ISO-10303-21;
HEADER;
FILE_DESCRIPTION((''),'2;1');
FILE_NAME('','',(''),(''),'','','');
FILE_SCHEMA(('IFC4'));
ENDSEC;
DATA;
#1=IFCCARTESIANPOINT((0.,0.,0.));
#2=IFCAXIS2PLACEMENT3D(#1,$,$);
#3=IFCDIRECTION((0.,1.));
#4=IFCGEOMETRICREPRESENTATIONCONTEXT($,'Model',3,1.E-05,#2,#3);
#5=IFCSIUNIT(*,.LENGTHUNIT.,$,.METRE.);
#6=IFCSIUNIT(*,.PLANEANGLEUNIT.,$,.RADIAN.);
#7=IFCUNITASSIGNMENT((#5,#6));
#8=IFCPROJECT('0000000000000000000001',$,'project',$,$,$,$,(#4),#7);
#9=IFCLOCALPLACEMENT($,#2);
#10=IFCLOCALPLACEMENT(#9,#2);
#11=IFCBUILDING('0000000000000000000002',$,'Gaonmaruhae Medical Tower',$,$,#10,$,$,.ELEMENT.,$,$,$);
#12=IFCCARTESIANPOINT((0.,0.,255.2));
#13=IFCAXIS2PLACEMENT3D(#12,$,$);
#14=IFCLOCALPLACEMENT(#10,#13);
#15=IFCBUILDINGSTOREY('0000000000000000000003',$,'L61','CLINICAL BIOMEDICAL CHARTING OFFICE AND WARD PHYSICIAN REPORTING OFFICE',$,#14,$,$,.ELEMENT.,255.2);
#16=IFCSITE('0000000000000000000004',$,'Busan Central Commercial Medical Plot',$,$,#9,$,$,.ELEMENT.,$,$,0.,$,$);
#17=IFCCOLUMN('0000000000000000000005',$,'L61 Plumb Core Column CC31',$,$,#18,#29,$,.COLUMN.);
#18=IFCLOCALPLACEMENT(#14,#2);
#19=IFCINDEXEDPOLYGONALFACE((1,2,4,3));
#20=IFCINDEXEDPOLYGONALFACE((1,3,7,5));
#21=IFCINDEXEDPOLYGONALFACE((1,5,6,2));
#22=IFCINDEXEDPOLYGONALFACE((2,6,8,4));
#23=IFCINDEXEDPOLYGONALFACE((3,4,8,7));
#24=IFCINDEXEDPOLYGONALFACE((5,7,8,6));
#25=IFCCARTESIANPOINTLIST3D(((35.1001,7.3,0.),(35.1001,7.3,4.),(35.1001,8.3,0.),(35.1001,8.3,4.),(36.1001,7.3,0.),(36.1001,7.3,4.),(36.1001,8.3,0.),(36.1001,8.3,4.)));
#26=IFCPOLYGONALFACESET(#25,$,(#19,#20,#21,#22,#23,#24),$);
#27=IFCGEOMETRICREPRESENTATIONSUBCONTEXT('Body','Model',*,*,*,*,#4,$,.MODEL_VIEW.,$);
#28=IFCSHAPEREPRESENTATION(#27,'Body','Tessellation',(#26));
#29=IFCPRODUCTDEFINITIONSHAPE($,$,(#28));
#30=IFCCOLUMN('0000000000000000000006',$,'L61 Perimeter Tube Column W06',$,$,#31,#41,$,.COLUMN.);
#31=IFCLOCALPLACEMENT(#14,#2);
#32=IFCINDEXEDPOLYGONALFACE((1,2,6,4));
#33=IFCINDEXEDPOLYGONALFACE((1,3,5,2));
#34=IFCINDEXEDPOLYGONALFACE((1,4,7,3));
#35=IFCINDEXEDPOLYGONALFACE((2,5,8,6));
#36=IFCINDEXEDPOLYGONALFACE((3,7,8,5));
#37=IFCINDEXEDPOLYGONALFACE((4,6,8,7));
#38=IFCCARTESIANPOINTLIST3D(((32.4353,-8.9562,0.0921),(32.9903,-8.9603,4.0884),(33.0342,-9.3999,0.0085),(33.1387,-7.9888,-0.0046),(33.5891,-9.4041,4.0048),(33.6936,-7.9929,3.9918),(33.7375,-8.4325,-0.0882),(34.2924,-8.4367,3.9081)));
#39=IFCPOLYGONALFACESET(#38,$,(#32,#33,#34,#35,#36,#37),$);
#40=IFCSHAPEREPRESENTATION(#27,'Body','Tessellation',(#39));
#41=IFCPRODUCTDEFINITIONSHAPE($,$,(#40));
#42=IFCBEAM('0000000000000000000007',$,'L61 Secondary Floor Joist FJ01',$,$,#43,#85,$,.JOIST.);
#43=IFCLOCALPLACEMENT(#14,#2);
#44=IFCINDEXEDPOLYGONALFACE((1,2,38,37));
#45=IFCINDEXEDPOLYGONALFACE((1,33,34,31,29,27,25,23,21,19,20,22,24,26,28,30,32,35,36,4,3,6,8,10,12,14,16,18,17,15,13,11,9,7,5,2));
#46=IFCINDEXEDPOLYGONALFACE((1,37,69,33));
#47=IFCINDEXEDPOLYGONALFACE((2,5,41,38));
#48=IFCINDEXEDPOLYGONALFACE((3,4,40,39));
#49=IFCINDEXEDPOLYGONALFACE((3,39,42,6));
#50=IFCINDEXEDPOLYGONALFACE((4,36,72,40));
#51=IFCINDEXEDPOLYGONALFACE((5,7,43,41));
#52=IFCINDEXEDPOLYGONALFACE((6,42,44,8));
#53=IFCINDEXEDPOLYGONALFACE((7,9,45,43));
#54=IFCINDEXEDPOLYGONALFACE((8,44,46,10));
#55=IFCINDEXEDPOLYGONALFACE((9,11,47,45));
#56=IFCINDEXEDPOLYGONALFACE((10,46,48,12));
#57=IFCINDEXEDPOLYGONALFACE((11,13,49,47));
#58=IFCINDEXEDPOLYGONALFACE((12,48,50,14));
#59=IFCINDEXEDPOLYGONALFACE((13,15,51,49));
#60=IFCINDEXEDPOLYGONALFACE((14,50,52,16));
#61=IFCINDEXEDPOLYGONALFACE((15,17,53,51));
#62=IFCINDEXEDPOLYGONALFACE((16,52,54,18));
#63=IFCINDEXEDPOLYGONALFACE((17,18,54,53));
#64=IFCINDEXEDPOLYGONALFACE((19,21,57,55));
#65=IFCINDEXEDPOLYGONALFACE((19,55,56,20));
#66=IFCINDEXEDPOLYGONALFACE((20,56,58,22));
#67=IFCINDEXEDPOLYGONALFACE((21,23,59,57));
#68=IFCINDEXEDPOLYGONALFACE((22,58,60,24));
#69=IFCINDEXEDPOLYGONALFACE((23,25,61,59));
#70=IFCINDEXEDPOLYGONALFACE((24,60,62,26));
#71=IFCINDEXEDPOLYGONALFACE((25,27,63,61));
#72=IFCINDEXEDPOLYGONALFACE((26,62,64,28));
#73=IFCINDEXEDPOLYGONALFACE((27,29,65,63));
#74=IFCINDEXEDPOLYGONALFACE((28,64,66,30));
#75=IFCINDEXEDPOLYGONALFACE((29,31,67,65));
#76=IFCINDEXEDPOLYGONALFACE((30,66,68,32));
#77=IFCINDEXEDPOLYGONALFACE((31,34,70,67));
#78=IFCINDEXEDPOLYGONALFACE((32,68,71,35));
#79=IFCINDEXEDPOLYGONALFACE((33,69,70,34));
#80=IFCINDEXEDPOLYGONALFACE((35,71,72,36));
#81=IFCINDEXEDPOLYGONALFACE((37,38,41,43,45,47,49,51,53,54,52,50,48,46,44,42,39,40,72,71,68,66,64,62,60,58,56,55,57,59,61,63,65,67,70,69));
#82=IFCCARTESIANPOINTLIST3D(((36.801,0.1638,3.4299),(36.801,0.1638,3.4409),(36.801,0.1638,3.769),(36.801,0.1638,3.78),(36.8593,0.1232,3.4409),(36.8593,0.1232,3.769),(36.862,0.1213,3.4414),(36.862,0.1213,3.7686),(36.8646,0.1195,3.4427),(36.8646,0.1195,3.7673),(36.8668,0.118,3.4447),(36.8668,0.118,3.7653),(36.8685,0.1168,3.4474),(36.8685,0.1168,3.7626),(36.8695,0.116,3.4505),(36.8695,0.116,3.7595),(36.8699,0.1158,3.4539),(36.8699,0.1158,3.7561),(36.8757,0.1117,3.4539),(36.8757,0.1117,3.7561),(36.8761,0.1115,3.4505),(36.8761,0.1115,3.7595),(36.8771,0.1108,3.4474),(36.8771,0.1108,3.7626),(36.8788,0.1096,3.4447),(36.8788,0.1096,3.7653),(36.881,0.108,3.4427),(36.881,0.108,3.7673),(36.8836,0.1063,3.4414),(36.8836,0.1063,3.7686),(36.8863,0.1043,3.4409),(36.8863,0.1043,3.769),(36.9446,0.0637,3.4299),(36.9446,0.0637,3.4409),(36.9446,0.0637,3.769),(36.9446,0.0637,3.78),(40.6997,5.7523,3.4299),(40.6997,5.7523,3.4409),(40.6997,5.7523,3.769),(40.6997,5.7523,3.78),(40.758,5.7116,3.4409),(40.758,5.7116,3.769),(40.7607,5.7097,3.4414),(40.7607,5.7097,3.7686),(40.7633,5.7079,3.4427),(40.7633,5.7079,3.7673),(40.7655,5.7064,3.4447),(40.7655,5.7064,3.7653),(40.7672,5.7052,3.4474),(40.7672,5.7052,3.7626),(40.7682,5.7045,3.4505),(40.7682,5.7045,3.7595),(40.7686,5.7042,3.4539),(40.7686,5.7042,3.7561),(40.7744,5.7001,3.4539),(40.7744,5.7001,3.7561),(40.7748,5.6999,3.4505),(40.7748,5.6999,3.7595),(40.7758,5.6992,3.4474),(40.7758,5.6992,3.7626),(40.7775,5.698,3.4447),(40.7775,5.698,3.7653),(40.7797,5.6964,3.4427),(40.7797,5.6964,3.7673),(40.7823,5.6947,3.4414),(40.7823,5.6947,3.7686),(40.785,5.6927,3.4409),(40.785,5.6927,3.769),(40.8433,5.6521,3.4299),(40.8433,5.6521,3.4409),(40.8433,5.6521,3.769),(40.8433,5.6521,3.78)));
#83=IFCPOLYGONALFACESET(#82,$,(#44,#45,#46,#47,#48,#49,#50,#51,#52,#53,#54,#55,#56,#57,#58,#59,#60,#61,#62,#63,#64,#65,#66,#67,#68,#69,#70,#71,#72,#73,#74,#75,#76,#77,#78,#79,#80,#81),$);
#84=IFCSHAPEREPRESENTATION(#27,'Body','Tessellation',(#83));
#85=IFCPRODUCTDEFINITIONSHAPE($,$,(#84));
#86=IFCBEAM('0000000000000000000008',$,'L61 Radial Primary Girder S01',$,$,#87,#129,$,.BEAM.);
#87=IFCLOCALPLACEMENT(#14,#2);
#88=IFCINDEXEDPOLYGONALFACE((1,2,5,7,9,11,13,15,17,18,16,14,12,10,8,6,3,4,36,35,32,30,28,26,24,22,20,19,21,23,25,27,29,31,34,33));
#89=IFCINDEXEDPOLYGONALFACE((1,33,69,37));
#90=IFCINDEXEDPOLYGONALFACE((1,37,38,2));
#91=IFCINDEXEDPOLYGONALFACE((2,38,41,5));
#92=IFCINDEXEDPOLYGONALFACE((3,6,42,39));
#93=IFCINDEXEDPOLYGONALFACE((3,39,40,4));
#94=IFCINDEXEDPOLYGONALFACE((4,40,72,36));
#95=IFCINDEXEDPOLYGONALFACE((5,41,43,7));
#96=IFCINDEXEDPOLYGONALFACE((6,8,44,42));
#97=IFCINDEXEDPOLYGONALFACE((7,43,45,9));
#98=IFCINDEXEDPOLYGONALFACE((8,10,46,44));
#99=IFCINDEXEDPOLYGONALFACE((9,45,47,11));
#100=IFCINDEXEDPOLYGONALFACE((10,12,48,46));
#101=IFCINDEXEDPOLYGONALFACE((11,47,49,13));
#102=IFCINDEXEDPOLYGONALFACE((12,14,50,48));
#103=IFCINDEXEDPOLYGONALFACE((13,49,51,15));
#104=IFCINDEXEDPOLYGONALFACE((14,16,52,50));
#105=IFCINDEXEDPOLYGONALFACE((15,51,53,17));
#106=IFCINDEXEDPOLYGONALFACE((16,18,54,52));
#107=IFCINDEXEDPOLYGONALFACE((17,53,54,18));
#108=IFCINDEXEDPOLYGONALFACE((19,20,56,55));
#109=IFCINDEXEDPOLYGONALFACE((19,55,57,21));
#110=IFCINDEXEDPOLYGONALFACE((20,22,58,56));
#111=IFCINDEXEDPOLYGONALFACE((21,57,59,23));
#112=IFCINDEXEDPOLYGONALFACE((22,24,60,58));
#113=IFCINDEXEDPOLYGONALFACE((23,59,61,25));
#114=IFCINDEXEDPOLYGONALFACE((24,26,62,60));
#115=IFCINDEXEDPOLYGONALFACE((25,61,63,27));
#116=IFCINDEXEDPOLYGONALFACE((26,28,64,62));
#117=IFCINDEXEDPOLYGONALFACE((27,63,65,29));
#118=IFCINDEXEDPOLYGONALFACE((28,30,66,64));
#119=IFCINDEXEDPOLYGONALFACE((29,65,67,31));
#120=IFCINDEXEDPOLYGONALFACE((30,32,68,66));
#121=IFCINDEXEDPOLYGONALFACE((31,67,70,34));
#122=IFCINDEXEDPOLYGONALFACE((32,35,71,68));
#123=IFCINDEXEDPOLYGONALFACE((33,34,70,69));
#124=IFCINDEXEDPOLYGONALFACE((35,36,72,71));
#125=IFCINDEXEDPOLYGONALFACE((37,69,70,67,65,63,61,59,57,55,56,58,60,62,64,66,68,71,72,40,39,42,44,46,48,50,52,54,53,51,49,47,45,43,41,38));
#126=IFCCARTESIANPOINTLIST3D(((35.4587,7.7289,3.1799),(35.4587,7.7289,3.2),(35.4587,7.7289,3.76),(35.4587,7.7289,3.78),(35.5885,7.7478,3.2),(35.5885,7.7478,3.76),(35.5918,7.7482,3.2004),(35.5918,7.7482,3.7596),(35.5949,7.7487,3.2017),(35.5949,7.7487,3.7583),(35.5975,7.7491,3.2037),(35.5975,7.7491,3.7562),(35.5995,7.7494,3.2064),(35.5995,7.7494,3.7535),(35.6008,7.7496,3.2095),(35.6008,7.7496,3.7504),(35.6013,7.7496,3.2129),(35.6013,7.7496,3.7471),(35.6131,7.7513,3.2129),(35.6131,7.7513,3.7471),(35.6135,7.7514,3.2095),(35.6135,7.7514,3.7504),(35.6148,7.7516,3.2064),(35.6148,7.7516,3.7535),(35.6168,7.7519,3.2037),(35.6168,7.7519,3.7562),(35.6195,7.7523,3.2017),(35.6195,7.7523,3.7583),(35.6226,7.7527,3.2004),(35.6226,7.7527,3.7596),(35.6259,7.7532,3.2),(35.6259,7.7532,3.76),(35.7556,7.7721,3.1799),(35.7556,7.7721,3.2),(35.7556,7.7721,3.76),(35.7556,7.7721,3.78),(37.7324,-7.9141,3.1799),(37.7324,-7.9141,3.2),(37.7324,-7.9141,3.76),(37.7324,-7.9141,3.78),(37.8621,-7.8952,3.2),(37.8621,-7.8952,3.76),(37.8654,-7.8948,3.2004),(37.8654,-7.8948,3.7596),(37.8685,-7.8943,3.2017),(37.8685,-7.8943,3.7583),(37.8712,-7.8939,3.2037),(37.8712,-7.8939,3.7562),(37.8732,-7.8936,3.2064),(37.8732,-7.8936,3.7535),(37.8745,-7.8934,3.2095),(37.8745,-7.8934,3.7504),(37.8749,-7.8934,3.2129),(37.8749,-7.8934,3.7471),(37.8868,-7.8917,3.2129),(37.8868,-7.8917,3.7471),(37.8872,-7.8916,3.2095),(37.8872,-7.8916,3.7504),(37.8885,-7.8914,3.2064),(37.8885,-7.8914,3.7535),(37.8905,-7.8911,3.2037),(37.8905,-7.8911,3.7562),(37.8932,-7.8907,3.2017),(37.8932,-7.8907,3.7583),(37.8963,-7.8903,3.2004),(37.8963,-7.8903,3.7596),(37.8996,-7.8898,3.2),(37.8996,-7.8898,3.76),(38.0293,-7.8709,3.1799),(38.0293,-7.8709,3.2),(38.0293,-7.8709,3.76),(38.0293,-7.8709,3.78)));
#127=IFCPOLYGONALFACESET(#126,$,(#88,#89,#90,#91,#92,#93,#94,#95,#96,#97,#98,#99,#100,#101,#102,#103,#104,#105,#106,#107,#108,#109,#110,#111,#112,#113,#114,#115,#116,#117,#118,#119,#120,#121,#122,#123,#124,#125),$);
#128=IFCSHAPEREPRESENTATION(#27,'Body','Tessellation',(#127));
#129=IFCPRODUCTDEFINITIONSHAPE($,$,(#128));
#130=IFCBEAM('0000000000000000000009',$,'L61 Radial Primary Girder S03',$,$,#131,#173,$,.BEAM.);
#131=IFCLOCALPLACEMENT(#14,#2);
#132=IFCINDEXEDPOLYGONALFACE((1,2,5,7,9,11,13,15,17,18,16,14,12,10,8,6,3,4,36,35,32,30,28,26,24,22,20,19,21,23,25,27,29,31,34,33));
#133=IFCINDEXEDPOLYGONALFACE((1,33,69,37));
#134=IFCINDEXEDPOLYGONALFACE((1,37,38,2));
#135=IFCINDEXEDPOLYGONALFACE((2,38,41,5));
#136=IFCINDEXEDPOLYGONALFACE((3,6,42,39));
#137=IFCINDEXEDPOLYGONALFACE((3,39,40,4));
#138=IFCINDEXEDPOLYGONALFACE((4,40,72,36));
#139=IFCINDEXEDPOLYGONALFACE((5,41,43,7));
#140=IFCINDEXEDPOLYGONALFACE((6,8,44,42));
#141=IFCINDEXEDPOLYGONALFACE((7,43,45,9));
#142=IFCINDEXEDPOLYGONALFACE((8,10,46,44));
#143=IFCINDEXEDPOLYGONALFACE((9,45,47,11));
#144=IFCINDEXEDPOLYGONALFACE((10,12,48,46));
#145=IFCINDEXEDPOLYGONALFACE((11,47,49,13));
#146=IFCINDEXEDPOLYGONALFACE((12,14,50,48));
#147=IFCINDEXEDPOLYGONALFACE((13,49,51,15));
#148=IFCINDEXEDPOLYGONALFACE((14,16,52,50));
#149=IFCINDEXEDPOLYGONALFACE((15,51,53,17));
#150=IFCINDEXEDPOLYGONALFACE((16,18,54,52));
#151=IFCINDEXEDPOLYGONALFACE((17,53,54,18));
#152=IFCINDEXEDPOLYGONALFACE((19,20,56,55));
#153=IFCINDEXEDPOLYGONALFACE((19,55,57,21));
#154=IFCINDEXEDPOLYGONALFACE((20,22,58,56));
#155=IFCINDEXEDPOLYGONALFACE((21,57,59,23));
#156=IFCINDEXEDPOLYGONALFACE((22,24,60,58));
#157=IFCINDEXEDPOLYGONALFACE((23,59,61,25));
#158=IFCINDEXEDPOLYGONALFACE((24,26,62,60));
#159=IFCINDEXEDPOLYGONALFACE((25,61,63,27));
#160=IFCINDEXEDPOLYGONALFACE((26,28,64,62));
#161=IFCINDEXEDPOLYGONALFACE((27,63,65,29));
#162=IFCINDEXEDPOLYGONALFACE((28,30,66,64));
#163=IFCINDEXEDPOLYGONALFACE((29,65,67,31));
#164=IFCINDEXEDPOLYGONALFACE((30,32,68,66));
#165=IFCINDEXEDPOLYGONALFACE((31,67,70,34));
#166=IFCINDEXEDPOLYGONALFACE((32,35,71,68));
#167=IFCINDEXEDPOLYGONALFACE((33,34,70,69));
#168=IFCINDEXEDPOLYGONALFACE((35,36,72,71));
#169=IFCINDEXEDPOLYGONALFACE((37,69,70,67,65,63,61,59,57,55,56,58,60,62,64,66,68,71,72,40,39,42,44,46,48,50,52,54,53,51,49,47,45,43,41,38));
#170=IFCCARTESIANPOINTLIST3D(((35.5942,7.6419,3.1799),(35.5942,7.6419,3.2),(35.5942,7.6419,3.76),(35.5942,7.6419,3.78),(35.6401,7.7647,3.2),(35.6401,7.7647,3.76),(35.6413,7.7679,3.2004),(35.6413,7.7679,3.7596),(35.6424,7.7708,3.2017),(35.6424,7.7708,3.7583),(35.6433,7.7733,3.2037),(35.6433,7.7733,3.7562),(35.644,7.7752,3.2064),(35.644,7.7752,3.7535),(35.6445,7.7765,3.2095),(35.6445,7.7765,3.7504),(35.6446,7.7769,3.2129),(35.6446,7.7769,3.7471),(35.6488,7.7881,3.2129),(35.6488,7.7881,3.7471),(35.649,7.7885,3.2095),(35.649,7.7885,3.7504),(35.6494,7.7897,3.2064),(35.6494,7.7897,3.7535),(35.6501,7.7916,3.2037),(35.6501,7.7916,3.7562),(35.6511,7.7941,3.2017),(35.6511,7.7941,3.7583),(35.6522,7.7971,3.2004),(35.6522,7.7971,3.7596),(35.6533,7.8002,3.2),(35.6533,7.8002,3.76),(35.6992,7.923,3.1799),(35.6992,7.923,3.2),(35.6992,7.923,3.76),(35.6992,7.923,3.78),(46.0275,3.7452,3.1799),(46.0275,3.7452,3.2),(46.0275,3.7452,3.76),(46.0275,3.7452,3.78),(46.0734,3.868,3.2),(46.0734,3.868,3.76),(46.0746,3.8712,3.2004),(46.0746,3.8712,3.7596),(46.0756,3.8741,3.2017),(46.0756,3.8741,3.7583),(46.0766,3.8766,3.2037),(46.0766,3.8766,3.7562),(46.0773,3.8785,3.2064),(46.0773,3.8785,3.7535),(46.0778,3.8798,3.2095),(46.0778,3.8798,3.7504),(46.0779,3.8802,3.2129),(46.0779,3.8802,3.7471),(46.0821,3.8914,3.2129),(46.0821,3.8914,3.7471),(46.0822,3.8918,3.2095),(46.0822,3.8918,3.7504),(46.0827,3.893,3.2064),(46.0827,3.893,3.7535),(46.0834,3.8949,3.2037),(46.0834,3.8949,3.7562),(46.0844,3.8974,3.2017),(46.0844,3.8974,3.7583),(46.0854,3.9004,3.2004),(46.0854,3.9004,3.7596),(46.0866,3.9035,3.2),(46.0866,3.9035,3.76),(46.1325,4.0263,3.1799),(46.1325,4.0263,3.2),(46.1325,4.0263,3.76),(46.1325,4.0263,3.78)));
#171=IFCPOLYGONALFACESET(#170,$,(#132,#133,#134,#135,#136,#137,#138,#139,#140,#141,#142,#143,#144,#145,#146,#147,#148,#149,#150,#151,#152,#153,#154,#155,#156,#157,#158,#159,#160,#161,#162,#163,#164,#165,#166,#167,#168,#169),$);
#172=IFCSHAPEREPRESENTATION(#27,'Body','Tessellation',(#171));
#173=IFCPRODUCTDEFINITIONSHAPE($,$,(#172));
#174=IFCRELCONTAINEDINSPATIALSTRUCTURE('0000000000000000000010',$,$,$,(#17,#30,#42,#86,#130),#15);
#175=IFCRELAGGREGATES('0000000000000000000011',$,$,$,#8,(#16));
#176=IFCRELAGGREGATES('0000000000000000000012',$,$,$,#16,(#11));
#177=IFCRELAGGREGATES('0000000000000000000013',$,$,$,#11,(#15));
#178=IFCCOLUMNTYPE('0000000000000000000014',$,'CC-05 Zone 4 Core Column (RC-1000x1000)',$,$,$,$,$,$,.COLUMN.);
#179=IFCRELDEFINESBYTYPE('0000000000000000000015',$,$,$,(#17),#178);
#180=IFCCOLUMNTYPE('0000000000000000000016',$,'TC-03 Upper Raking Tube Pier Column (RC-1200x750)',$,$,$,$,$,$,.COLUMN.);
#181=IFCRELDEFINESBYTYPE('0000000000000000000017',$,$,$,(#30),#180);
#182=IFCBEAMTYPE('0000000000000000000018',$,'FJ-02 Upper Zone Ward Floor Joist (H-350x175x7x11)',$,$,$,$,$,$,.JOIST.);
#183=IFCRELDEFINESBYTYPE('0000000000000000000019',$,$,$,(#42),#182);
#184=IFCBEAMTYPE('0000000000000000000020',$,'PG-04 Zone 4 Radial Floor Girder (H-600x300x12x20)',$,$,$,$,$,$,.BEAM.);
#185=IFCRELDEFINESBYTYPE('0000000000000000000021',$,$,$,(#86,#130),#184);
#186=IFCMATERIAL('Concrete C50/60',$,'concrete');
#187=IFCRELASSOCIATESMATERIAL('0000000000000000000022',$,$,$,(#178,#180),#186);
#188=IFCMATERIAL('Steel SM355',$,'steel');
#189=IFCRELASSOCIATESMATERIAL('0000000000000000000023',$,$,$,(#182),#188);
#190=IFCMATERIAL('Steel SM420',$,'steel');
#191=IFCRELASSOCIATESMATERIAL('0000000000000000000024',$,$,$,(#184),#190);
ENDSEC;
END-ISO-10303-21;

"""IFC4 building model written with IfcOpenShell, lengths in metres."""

from ifc_helpers import new_model, si_unit, direction, frame, origin, origin_2d, place, context, subcontext, project, spatial, rectangle, i_section, extrude, material, material_profile, profile_set, type_object, element, save


model = new_model("IFC4")

# Units and contexts
model_context = context("Model", 3, precision=1e-05, world=origin(), true_north=direction((0.0, 1.0)))
body_context = subcontext(model_context, "Body", "Model", "MODEL_VIEW")
ifc_project = project(units=[si_unit("LENGTHUNIT", "METRE"), si_unit("PLANEANGLEUNIT", "RADIAN")], contexts=[model_context])

# Site, building, storey
site_placement = place(None, origin())
site = spatial("IfcSite", under=ifc_project, at=site_placement, Name="Busan Central Commercial Medical Plot", CompositionType="ELEMENT", RefElevation=0.0)
building_placement = place(site_placement, origin())
building = spatial("IfcBuilding", under=site, at=building_placement, Name="Gaonmaruhae Medical Tower", CompositionType="ELEMENT")
storey_placement = place(building_placement, frame((0.0, 0.0, 255.2)))
storey = spatial("IfcBuildingStorey", under=building, at=storey_placement, Name="L61", Description="CLINICAL BIOMEDICAL CHARTING OFFICE AND WARD PHYSICIAN REPORTING OFFICE", CompositionType="ELEMENT", Elevation=255.2)

# Columns
ifc_material_1 = material(Name="Concrete C50/60", Category="concrete")
ifc_material_profile_1 = material_profile(ifc_material_1, rectangle(XDim=1.0, YDim=1.0, at=origin_2d()), Name="RC-1000x1000")
ifc_profile_set_1 = profile_set([ifc_material_profile_1], Name="Concrete C50/60")
column_type_1 = type_object("IfcColumnType", Name="CC-05 Zone 4 Core Column (RC-1000x1000)", PredefinedType="COLUMN", material=ifc_profile_set_1)
column_1_placement = place(storey_placement, frame((35.6001, 7.8, 0.0), z_axis=(0.0, 0.0, 1.0), x_axis=(1.0, 0.0, 0.0)))
element("IfcColumn", 1, at=column_1_placement, inside=storey, type_object=column_type_1, Name="L61 Plumb Core Column CC31", PredefinedType="COLUMN", context=body_context, shape_type="SweptSolid", body=[
    extrude(rectangle(XDim=1.0, YDim=1.0, at=origin_2d()), origin(), (0.0, 0.0, 1.0), 4.0),
])
ifc_material_profile_2 = material_profile(ifc_material_1, rectangle(XDim=1.2, YDim=0.75, at=origin_2d()), Name="RC-1200x750")
ifc_profile_set_2 = profile_set([ifc_material_profile_2], Name="Concrete C50/60")
column_type_2 = type_object("IfcColumnType", Name="TC-03 Upper Raking Tube Pier Column (RC-1200x750)", PredefinedType="COLUMN", material=ifc_profile_set_2)
column_2_placement = place(storey_placement, frame((33.0864, -8.6943, 0.002), z_axis=(0.13754, -0.001029, 0.990496), x_axis=(-0.586145, -0.806192, 0.080555)))
element("IfcColumn", 2, at=column_2_placement, inside=storey, type_object=column_type_2, Name="L61 Perimeter Tube Column W06", PredefinedType="COLUMN", context=body_context, shape_type="SweptSolid", body=[
    extrude(rectangle(XDim=1.2, YDim=0.75, at=origin_2d()), origin(), (0.0, 0.0, 1.0), 4.0347),
])

# Beams
ifc_material_2 = material(Name="Steel SM355", Category="steel")
ifc_material_profile_3 = material_profile(ifc_material_2, i_section(OverallWidth=0.175, OverallDepth=0.3501, WebThickness=0.0071, FlangeThickness=0.011, FilletRadius=0.0129, at=origin_2d()), Name="H-350x175x7x11")
ifc_profile_set_3 = profile_set([ifc_material_profile_3], Name="Steel SM355")
beam_type_1 = type_object("IfcBeamType", Name="FJ-02 Upper Zone Ward Floor Joist (H-350x175x7x11)", PredefinedType="JOIST", material=ifc_profile_set_3)
beam_1_placement = place(storey_placement, frame((36.8728, 0.1138, 3.605), z_axis=(0.572163, 0.82014, 0.0), x_axis=(-0.82014, 0.572163, 0.0)))
element("IfcBeam", 3, at=beam_1_placement, inside=storey, type_object=beam_type_1, Name="L61 Secondary Floor Joist FJ01", PredefinedType="JOIST", context=body_context, shape_type="SweptSolid", body=[
    extrude(i_section(OverallWidth=0.175, OverallDepth=0.3501, WebThickness=0.0071, FlangeThickness=0.011, FilletRadius=0.0129, at=origin_2d()), origin(), (0.0, 0.0, 1.0), 6.814),
])
ifc_material_3 = material(Name="Steel SM420", Category="steel")
ifc_material_profile_4 = material_profile(ifc_material_3, i_section(OverallWidth=0.3, OverallDepth=0.6001, WebThickness=0.012, FlangeThickness=0.02, FilletRadius=0.0129, at=origin_2d()), Name="H-600x300x12x20")
ifc_profile_set_4 = profile_set([ifc_material_profile_4], Name="Steel SM420")
beam_type_2 = type_object("IfcBeamType", Name="PG-04 Zone 4 Radial Floor Girder (H-600x300x12x20)", PredefinedType="BEAM", material=ifc_profile_set_4)
beam_2_placement = place(storey_placement, frame((35.6072, 7.7505, 3.48), z_axis=(0.143836, -0.989602, 0.0), x_axis=(0.989602, 0.143836, 0.0)))
element("IfcBeam", 4, at=beam_2_placement, inside=storey, type_object=beam_type_2, Name="L61 Radial Primary Girder S01", PredefinedType="BEAM", context=body_context, shape_type="SweptSolid", body=[
    extrude(i_section(OverallWidth=0.3, OverallDepth=0.6001, WebThickness=0.012, FlangeThickness=0.02, FilletRadius=0.0129, at=origin_2d()), origin(), (0.0, 0.0, 1.0), 15.8074),
])
beam_3_placement = place(storey_placement, frame((35.6467, 7.7825, 3.48), z_axis=(0.936794, -0.349881, 0.0), x_axis=(0.349881, 0.936794, 0.0)))
element("IfcBeam", 5, at=beam_3_placement, inside=storey, type_object=beam_type_2, Name="L61 Radial Primary Girder S03", PredefinedType="BEAM", context=body_context, shape_type="SweptSolid", body=[
    extrude(i_section(OverallWidth=0.3, OverallDepth=0.6001, WebThickness=0.012, FlangeThickness=0.02, FilletRadius=0.0129, at=origin_2d()), origin(), (0.0, 0.0, 1.0), 11.1372),
])

save(model, "model.ifc")
